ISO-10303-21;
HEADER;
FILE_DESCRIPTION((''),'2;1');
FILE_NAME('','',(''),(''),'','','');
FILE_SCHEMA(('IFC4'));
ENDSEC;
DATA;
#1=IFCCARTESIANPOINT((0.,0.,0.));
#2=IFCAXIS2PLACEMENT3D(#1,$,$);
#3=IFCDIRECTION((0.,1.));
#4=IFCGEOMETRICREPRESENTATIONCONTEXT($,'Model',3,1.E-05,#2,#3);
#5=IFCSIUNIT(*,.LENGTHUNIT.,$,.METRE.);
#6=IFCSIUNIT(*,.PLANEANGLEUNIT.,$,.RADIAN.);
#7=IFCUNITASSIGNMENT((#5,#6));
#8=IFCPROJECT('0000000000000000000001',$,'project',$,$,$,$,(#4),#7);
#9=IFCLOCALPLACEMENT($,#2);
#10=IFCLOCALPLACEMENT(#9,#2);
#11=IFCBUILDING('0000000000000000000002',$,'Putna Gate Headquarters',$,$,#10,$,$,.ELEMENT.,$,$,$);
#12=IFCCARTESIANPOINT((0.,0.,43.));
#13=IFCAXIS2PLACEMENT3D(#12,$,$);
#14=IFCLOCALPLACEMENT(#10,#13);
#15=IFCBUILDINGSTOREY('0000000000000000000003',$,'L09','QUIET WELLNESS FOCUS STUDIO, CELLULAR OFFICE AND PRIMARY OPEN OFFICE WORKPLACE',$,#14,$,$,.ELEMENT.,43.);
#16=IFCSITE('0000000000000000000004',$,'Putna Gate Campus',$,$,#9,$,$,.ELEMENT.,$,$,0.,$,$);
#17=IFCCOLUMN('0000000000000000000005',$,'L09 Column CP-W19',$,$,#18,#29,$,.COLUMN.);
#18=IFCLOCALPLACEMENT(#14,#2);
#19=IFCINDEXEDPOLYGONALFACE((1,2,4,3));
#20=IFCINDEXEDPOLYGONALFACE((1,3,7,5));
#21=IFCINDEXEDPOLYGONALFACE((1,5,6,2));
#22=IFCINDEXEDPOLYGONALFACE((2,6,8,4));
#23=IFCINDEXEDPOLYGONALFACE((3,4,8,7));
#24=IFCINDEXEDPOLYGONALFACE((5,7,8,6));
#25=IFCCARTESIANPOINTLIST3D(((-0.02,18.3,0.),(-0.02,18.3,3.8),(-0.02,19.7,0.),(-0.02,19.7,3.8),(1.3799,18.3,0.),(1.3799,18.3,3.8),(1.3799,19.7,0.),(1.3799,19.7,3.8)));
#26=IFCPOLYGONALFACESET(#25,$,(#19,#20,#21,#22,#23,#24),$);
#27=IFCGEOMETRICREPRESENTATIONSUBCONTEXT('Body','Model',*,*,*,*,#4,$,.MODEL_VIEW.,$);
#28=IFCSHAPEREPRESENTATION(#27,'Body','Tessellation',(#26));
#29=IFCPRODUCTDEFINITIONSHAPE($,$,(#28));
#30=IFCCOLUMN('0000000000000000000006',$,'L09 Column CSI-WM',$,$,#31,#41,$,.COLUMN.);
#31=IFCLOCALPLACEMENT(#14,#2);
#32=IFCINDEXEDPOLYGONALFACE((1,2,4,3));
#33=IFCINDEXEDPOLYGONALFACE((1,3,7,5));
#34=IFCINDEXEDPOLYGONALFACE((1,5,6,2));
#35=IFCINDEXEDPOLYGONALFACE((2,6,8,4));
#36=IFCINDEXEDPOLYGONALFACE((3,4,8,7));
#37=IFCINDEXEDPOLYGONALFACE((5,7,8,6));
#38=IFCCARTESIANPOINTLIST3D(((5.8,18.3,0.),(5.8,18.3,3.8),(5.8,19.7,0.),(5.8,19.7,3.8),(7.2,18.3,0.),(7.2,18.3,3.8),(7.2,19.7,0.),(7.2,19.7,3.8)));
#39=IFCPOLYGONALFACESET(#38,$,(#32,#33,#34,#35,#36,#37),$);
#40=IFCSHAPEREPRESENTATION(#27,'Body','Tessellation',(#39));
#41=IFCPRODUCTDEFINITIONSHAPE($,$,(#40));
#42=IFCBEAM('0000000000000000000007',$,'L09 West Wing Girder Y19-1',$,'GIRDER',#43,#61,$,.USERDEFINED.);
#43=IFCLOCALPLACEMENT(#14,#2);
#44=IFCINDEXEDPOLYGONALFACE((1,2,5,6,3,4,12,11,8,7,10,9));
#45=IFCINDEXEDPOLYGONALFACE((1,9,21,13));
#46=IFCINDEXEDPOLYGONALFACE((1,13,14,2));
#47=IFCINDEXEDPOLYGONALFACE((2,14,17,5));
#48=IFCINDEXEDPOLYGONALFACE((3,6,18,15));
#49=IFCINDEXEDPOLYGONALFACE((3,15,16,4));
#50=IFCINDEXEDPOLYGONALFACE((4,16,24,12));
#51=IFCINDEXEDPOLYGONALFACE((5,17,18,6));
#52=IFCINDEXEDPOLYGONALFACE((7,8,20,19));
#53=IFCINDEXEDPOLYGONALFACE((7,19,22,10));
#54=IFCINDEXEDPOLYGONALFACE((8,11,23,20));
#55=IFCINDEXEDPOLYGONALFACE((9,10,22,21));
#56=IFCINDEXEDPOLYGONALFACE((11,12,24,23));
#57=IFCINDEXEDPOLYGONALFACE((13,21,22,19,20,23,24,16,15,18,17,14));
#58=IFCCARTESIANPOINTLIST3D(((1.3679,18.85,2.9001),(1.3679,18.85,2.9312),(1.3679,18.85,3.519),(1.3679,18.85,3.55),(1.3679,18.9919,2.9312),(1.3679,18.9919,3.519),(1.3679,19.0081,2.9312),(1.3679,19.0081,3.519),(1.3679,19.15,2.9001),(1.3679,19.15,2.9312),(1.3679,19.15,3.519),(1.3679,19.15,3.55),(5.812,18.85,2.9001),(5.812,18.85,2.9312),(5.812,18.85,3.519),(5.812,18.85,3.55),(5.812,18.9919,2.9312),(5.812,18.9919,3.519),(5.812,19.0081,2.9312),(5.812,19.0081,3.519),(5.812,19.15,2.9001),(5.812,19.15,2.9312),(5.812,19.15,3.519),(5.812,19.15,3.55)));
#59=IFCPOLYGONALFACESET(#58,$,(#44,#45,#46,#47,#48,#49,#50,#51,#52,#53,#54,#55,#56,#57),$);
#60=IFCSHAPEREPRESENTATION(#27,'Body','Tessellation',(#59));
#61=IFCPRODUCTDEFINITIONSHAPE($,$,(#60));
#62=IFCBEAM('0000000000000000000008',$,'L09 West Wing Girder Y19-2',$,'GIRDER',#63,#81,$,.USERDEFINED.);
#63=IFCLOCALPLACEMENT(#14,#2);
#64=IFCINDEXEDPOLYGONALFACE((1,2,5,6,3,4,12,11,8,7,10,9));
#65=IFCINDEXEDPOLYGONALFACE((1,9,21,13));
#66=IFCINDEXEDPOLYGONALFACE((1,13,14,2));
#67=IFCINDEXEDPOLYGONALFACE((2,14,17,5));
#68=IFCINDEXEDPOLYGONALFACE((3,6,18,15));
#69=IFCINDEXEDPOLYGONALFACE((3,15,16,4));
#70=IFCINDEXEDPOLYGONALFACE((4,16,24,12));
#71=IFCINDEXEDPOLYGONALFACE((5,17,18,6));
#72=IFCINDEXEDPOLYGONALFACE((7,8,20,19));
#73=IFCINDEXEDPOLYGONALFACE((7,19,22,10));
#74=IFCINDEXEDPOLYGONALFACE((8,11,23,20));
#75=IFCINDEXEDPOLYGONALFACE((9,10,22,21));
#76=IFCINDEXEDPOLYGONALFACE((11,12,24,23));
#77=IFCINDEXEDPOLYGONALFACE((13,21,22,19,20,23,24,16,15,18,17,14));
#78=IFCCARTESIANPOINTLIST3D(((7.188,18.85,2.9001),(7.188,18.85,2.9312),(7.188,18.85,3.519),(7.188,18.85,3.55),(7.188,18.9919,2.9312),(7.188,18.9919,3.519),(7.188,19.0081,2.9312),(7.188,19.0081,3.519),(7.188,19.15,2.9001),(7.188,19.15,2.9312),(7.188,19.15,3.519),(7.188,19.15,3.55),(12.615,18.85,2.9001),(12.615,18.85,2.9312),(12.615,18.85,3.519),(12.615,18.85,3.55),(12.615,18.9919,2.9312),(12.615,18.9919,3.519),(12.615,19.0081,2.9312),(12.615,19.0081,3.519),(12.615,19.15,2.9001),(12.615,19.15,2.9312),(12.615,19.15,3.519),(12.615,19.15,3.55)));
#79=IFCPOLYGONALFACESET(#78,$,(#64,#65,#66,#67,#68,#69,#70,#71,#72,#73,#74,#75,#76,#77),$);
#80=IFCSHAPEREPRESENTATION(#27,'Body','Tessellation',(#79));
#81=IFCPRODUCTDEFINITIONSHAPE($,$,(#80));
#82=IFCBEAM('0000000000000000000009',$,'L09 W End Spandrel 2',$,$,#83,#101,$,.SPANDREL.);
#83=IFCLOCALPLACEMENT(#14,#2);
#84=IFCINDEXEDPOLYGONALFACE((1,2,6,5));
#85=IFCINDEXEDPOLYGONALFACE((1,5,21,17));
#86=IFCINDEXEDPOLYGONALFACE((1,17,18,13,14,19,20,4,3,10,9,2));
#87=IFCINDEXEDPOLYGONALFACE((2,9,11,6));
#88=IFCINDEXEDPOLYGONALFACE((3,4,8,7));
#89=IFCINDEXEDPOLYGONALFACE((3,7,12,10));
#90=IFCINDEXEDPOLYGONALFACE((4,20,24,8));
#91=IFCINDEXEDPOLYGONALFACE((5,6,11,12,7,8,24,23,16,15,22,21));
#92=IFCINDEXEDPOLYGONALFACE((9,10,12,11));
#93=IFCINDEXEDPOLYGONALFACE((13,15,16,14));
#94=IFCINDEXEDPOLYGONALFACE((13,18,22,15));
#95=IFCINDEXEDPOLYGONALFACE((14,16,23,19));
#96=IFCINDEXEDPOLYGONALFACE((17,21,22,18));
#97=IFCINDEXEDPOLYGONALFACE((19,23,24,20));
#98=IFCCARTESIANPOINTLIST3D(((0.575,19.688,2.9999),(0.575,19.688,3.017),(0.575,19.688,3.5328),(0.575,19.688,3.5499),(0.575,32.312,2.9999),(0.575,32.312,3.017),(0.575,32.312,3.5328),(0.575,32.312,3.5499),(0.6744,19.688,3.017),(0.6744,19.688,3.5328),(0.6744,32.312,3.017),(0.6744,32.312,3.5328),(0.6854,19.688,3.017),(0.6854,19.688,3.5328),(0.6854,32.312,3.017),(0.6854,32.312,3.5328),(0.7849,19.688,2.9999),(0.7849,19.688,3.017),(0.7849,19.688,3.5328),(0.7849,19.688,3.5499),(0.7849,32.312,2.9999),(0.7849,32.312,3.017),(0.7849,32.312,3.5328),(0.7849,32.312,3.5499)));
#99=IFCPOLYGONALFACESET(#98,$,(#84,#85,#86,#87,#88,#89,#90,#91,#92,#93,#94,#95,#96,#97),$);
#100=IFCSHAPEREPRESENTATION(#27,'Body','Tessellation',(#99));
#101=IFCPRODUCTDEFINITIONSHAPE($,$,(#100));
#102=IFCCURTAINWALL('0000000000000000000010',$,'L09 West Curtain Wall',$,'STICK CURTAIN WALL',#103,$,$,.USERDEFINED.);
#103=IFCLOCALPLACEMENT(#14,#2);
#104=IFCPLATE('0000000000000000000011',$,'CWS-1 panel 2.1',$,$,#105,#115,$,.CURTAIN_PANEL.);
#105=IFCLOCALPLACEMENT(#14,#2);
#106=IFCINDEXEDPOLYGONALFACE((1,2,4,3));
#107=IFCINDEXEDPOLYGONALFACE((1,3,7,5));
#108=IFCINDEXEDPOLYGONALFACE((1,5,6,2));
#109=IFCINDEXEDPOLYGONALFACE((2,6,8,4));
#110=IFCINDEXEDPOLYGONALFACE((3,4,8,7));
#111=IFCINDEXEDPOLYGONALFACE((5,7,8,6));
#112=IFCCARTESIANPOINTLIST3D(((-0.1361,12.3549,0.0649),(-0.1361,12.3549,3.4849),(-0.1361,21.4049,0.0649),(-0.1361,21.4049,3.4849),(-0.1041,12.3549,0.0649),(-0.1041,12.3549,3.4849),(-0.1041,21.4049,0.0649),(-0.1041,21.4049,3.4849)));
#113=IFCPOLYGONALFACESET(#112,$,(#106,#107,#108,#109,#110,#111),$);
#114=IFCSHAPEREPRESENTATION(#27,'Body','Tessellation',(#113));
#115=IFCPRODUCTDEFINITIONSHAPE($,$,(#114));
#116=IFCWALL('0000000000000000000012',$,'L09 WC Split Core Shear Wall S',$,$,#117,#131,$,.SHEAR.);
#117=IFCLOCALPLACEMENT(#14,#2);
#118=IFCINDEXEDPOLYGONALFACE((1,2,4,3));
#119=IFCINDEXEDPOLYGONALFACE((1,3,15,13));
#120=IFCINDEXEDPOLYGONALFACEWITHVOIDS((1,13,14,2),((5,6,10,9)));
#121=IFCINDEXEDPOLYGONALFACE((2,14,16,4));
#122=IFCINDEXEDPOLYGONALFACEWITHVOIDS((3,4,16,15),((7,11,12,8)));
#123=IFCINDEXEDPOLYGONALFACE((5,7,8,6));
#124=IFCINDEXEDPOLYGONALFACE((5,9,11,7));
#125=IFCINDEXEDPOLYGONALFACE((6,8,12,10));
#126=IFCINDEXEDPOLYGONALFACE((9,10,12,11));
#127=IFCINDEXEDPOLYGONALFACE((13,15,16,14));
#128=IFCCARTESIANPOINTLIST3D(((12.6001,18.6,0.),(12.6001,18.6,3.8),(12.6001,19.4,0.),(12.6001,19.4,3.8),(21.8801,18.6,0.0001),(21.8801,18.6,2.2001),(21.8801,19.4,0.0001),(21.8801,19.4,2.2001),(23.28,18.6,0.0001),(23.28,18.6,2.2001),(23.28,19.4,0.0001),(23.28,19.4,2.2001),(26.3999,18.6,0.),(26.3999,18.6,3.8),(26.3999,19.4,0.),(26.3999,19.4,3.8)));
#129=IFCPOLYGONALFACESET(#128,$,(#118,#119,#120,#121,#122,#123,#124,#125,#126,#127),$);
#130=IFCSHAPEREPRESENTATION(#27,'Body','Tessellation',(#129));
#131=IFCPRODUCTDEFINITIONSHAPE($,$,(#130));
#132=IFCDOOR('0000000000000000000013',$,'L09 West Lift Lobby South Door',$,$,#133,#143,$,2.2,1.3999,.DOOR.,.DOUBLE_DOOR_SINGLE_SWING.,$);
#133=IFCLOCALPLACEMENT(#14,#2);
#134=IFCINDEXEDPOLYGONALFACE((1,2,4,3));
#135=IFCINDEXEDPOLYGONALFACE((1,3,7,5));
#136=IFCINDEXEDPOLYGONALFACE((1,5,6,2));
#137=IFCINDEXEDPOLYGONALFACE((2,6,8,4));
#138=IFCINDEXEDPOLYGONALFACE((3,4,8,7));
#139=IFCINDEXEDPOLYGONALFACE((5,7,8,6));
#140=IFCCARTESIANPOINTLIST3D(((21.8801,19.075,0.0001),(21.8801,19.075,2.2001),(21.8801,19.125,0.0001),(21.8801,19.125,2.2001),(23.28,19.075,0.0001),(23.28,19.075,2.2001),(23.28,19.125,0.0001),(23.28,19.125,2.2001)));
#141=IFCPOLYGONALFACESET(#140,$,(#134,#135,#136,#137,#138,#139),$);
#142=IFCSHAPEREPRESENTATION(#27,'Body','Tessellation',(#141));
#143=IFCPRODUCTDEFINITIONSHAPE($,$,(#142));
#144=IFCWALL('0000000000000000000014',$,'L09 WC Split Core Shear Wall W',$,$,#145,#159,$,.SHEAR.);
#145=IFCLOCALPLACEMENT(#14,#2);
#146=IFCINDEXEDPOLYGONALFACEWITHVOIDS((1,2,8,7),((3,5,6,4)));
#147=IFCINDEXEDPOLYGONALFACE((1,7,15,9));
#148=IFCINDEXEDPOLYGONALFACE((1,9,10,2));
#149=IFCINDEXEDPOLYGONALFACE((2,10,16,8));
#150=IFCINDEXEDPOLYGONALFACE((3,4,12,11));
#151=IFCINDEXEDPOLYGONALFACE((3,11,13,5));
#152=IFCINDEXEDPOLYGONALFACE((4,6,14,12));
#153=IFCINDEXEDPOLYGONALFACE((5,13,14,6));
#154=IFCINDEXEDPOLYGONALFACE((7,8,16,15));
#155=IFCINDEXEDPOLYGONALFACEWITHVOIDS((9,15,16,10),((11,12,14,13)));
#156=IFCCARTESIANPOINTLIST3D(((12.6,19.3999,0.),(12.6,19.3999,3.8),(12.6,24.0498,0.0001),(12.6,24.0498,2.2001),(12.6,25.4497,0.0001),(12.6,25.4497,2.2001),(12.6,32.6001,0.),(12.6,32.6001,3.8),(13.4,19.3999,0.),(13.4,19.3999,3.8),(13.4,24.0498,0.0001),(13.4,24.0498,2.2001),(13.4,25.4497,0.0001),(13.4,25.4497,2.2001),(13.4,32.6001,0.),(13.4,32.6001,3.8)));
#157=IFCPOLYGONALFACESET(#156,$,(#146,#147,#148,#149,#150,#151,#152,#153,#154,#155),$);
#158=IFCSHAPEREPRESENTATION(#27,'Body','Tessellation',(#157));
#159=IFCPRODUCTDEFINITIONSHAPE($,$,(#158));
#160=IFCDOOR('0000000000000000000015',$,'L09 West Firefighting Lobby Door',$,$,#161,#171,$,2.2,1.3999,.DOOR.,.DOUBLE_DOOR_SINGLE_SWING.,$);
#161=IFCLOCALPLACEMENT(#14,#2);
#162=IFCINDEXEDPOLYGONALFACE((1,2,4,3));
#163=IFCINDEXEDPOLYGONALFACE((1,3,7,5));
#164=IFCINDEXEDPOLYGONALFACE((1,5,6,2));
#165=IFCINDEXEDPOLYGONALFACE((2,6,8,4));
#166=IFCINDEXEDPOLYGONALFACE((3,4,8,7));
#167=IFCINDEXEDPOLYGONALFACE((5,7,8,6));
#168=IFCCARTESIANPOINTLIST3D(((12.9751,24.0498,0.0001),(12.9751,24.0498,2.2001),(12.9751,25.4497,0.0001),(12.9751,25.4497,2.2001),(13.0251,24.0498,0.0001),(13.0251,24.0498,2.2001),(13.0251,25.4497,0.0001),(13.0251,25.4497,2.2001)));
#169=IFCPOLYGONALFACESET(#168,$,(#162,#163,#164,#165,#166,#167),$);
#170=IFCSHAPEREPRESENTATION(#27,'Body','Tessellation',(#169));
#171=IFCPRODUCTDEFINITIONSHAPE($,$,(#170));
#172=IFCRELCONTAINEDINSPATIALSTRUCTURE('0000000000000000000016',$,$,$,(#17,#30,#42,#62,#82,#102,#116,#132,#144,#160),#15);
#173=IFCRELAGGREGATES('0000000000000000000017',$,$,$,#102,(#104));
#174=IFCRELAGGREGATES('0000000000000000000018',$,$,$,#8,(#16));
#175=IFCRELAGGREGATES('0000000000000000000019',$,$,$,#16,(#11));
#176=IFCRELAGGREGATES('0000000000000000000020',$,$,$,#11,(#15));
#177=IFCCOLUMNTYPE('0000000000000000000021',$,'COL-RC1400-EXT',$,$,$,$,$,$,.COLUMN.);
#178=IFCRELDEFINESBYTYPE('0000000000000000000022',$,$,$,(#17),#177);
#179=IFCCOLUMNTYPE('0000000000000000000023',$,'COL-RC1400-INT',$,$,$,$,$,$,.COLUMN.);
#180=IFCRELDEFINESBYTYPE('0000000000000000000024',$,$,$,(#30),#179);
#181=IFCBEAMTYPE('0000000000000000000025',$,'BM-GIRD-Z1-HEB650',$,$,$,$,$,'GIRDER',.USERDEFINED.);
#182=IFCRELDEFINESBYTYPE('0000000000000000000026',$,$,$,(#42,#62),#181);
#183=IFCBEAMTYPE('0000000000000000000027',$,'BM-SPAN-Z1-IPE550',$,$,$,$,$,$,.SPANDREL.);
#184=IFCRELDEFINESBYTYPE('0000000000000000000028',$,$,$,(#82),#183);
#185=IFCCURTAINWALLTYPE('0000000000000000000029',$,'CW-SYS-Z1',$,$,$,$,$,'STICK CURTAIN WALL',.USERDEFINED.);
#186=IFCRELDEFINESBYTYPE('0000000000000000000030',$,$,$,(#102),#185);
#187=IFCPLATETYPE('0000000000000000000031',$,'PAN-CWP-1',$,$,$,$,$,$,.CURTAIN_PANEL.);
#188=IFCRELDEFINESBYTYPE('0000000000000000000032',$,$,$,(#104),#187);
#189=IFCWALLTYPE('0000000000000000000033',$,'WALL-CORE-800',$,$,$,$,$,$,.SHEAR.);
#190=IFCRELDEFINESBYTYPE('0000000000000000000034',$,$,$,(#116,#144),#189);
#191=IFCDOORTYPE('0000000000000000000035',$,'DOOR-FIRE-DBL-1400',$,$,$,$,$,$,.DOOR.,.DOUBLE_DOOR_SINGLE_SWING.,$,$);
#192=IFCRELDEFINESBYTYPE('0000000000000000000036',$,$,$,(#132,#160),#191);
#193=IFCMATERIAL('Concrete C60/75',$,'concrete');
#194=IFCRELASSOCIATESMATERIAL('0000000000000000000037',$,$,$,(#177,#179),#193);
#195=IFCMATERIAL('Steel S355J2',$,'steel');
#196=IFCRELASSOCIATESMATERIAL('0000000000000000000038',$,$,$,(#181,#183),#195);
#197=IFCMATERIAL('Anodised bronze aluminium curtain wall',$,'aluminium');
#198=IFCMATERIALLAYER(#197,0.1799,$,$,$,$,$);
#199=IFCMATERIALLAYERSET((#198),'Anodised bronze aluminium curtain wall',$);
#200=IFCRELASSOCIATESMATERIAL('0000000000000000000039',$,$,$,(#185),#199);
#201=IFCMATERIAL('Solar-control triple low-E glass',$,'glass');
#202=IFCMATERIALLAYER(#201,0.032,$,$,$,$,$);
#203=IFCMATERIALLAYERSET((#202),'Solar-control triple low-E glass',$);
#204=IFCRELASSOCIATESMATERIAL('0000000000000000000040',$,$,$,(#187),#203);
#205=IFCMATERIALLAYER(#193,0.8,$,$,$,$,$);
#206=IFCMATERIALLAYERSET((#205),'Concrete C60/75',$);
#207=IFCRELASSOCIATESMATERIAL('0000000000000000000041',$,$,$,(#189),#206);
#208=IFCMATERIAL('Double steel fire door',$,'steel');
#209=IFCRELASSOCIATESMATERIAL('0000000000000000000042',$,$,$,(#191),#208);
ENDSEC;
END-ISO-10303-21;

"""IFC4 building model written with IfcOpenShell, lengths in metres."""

from ifc_helpers import new_model, si_unit, direction, frame, frame_2d, origin, origin_2d, place, context, subcontext, project, spatial, rectangle, i_section, extrude, material, layer, layer_set, material_profile, profile_set, type_object, element, fill, aggregate, save


model = new_model("IFC4")

# Units and contexts
model_context = context("Model", 3, precision=1e-05, world=origin(), true_north=direction((0.0, 1.0)))
body_context = subcontext(model_context, "Body", "Model", "MODEL_VIEW")
ifc_project = project(units=[si_unit("LENGTHUNIT", "METRE"), si_unit("PLANEANGLEUNIT", "RADIAN")], contexts=[model_context])

# Site, building, storey
site_placement = place(None, origin())
site = spatial("IfcSite", under=ifc_project, at=site_placement, Name="Putna Gate Campus", CompositionType="ELEMENT", RefElevation=0.0)
building_placement = place(site_placement, origin())
building = spatial("IfcBuilding", under=site, at=building_placement, Name="Putna Gate Headquarters", CompositionType="ELEMENT")
storey_placement = place(building_placement, frame((0.0, 0.0, 43.0)))
storey = spatial("IfcBuildingStorey", under=building, at=storey_placement, Name="L09", Description="QUIET WELLNESS FOCUS STUDIO, CELLULAR OFFICE AND PRIMARY OPEN OFFICE WORKPLACE", CompositionType="ELEMENT", Elevation=43.0)

# Columns
ifc_material_1 = material(Name="Concrete C60/75", Category="concrete")
ifc_material_profile_1 = material_profile(ifc_material_1, rectangle(XDim=1.3999, YDim=1.3999, at=origin_2d()), Name="Concrete C60/75")
ifc_profile_set_1 = profile_set([ifc_material_profile_1], Name="Concrete C60/75")
column_type_1 = type_object("IfcColumnType", Name="COL-RC1400-EXT", PredefinedType="COLUMN", material=ifc_profile_set_1)
column_1_placement = place(storey_placement, frame((0.6799, 19.0, 0.0), z_axis=(0.0, 0.0, 1.0), x_axis=(1.0, 0.0, 0.0)))
element("IfcColumn", 1, at=column_1_placement, inside=storey, type_object=column_type_1, Name="L09 Column CP-W19", PredefinedType="COLUMN", context=body_context, shape_type="SweptSolid", body=[
    extrude(rectangle(XDim=1.3999, YDim=1.3999, at=origin_2d()), origin(), (0.0, 0.0, 1.0), 3.8),
])
ifc_material_profile_2 = material_profile(ifc_material_1, rectangle(XDim=1.3999, YDim=1.3999, at=origin_2d()), Name="Concrete C60/75")
ifc_profile_set_2 = profile_set([ifc_material_profile_2], Name="Concrete C60/75")
column_type_2 = type_object("IfcColumnType", Name="COL-RC1400-INT", PredefinedType="COLUMN", material=ifc_profile_set_2)
column_2_placement = place(storey_placement, frame((6.5, 19.0, 0.0), z_axis=(0.0, 0.0, 1.0), x_axis=(1.0, 0.0, 0.0)))
element("IfcColumn", 2, at=column_2_placement, inside=storey, type_object=column_type_2, Name="L09 Column CSI-WM", PredefinedType="COLUMN", context=body_context, shape_type="SweptSolid", body=[
    extrude(rectangle(XDim=1.3999, YDim=1.3999, at=origin_2d()), origin(), (0.0, 0.0, 1.0), 3.8),
])

# Beams
ifc_material_2 = material(Name="Steel S355J2", Category="steel")
ifc_material_profile_3 = material_profile(ifc_material_2, i_section(OverallWidth=0.3, OverallDepth=0.6499, WebThickness=0.0161, FlangeThickness=0.031, at=origin_2d()), Name="Steel S355J2")
ifc_profile_set_3 = profile_set([ifc_material_profile_3], Name="Steel S355J2")
beam_type_1 = type_object("IfcBeamType", Name="BM-GIRD-Z1-HEB650", ElementType="GIRDER", PredefinedType="USERDEFINED", material=ifc_profile_set_3)
beam_1_placement = place(storey_placement, frame((1.3679, 19.0, 3.2251), z_axis=(1.0, 0.0, 0.0), x_axis=(0.0, 1.0, 0.0)))
element("IfcBeam", 3, at=beam_1_placement, inside=storey, type_object=beam_type_1, Name="L09 West Wing Girder Y19-1", ObjectType="GIRDER", PredefinedType="USERDEFINED", context=body_context, shape_type="SweptSolid", body=[
    extrude(i_section(OverallWidth=0.3, OverallDepth=0.6499, WebThickness=0.0161, FlangeThickness=0.031, at=origin_2d()), origin(), (0.0, 0.0, 1.0), 4.4441),
])
beam_2_placement = place(storey_placement, frame((7.188, 19.0, 3.2251), z_axis=(1.0, 0.0, 0.0), x_axis=(0.0, 1.0, 0.0)))
element("IfcBeam", 4, at=beam_2_placement, inside=storey, type_object=beam_type_1, Name="L09 West Wing Girder Y19-2", ObjectType="GIRDER", PredefinedType="USERDEFINED", context=body_context, shape_type="SweptSolid", body=[
    extrude(i_section(OverallWidth=0.3, OverallDepth=0.6499, WebThickness=0.0161, FlangeThickness=0.031, at=origin_2d()), origin(), (0.0, 0.0, 1.0), 5.427),
])
ifc_material_profile_4 = material_profile(ifc_material_2, i_section(OverallWidth=0.21, OverallDepth=0.55, WebThickness=0.011, FlangeThickness=0.0171, at=origin_2d()), Name="Steel S355J2")
ifc_profile_set_4 = profile_set([ifc_material_profile_4], Name="Steel S355J2")
beam_type_2 = type_object("IfcBeamType", Name="BM-SPAN-Z1-IPE550", PredefinedType="SPANDREL", material=ifc_profile_set_4)
beam_3_placement = place(storey_placement, frame((0.6799, 19.688, 3.2749), z_axis=(0.0, 1.0, 0.0), x_axis=(-1.0, 0.0, 0.0)))
element("IfcBeam", 5, at=beam_3_placement, inside=storey, type_object=beam_type_2, Name="L09 W End Spandrel 2", PredefinedType="SPANDREL", context=body_context, shape_type="SweptSolid", body=[
    extrude(i_section(OverallWidth=0.21, OverallDepth=0.55, WebThickness=0.011, FlangeThickness=0.0171, at=origin_2d()), origin(), (0.0, 0.0, 1.0), 12.624),
])

# Curtain wall, plate
ifc_material_3 = material(Name="Anodised bronze aluminium curtain wall", Category="aluminium")
ifc_layer_1 = layer(ifc_material_3, 0.1799)
ifc_layer_set_1 = layer_set([ifc_layer_1], Name="Anodised bronze aluminium curtain wall")
curtain_wall_type = type_object("IfcCurtainWallType", Name="CW-SYS-Z1", ElementType="STICK CURTAIN WALL", PredefinedType="USERDEFINED", material=ifc_layer_set_1)
curtain_wall_placement = place(storey_placement, origin())
curtain_wall = element("IfcCurtainWall", 6, at=curtain_wall_placement, inside=storey, type_object=curtain_wall_type, Name="L09 West Curtain Wall", ObjectType="STICK CURTAIN WALL", PredefinedType="USERDEFINED")
ifc_material_4 = material(Name="Solar-control triple low-E glass", Category="glass")
ifc_layer_2 = layer(ifc_material_4, 0.032)
ifc_layer_set_2 = layer_set([ifc_layer_2], Name="Solar-control triple low-E glass")
plate_type = type_object("IfcPlateType", Name="PAN-CWP-1", PredefinedType="CURTAIN_PANEL", material=ifc_layer_set_2)
plate_placement = place(storey_placement, frame((-0.1201, 16.8799, 0.0649), z_axis=(0.0, 0.0, 1.0), x_axis=(0.0, 1.0, 0.0)))
plate = element("IfcPlate", 7, at=plate_placement, type_object=plate_type, Name="CWS-1 panel 2.1", PredefinedType="CURTAIN_PANEL", context=body_context, shape_type="SweptSolid", body=[
    extrude(rectangle(XDim=9.05, YDim=0.032, at=origin_2d()), origin(), (0.0, 0.0, 1.0), 3.4199),
])
aggregate(curtain_wall, [plate])

# Walls, openings, doors
ifc_layer_3 = layer(ifc_material_1, 0.8)
ifc_layer_set_3 = layer_set([ifc_layer_3], Name="Concrete C60/75")
wall_type_1 = type_object("IfcWallType", Name="WALL-CORE-800", PredefinedType="SHEAR", material=ifc_layer_set_3)
wall_1_placement = place(storey_placement, frame((12.6001, 19.0, 0.0), z_axis=(0.0, 0.0, 1.0), x_axis=(1.0, 0.0, 0.0)))
wall_1 = element("IfcWall", 8, at=wall_1_placement, inside=storey, type_object=wall_type_1, Name="L09 WC Split Core Shear Wall S", PredefinedType="SHEAR", context=body_context, shape_type="SweptSolid", body=[
    extrude(rectangle(XDim=13.7998, YDim=0.8, at=frame_2d((6.8999, 0.0))), origin(), (0.0, 0.0, 1.0), 3.8),
])
opening_1_placement = place(wall_1_placement, frame((9.28, 0.0, 0.0)))
opening_1 = element("IfcOpeningElement", 9, at=opening_1_placement, cuts=wall_1, PredefinedType="OPENING", context=body_context, shape_type="SweptSolid", body=[
    extrude(rectangle(XDim=1.3999, YDim=2.2, at=frame_2d((0.7, 1.1001))), frame((0.0, 0.4099, 0.0), z_axis=(0.0, -1.0, 0.0), x_axis=(1.0, 0.0, 0.0)), (0.0, 0.0, 1.0), 0.8201),
])
ifc_material_5 = material(Name="Double steel fire door", Category="steel")
door_type_1 = type_object("IfcDoorType", Name="DOOR-FIRE-DBL-1400", OperationType="DOUBLE_DOOR_SINGLE_SWING", PredefinedType="DOOR", material=ifc_material_5)
door_1_placement = place(opening_1_placement, origin())
door_1 = element("IfcDoor", 10, at=door_1_placement, inside=storey, type_object=door_type_1, Name="L09 West Lift Lobby South Door", OperationType="DOUBLE_DOOR_SINGLE_SWING", OverallHeight=2.2, OverallWidth=1.3999, PredefinedType="DOOR", context=body_context, shape_type="SweptSolid", body=[
    extrude(rectangle(XDim=1.3999, YDim=2.2, at=frame_2d((0.7, 1.1001))), frame((0.0, 0.125, 0.0), z_axis=(0.0, -1.0, 0.0), x_axis=(1.0, 0.0, 0.0)), (0.0, 0.0, 1.0), 0.05),
])
fill(opening_1, door_1)
wall_2_placement = place(storey_placement, frame((13.0, 19.3999, 0.0), z_axis=(0.0, 0.0, 1.0), x_axis=(0.0, 1.0, 0.0)))
wall_2 = element("IfcWall", 11, at=wall_2_placement, inside=storey, type_object=wall_type_1, Name="L09 WC Split Core Shear Wall W", PredefinedType="SHEAR", context=body_context, shape_type="SweptSolid", body=[
    extrude(rectangle(XDim=13.2002, YDim=0.8, at=frame_2d((6.6001, 0.0))), origin(), (0.0, 0.0, 1.0), 3.8),
])
opening_2_placement = place(wall_2_placement, frame((4.6499, 0.0, 0.0)))
opening_2 = element("IfcOpeningElement", 12, at=opening_2_placement, cuts=wall_2, PredefinedType="OPENING", context=body_context, shape_type="SweptSolid", body=[
    extrude(rectangle(XDim=1.3999, YDim=2.2, at=frame_2d((0.7, 1.1001))), frame((0.0, 0.4099, 0.0), z_axis=(0.0, -1.0, 0.0), x_axis=(1.0, 0.0, 0.0)), (0.0, 0.0, 1.0), 0.8201),
])
door_2_placement = place(opening_2_placement, origin())
door_2 = element("IfcDoor", 13, at=door_2_placement, inside=storey, type_object=door_type_1, Name="L09 West Firefighting Lobby Door", OperationType="DOUBLE_DOOR_SINGLE_SWING", OverallHeight=2.2, OverallWidth=1.3999, PredefinedType="DOOR", context=body_context, shape_type="SweptSolid", body=[
    extrude(rectangle(XDim=1.3999, YDim=2.2, at=frame_2d((0.7, 1.1001))), frame((0.0, 0.0249, 0.0), z_axis=(0.0, -1.0, 0.0), x_axis=(1.0, 0.0, 0.0)), (0.0, 0.0, 1.0), 0.05),
])
fill(opening_2, door_2)

save(model, "model.ifc")
